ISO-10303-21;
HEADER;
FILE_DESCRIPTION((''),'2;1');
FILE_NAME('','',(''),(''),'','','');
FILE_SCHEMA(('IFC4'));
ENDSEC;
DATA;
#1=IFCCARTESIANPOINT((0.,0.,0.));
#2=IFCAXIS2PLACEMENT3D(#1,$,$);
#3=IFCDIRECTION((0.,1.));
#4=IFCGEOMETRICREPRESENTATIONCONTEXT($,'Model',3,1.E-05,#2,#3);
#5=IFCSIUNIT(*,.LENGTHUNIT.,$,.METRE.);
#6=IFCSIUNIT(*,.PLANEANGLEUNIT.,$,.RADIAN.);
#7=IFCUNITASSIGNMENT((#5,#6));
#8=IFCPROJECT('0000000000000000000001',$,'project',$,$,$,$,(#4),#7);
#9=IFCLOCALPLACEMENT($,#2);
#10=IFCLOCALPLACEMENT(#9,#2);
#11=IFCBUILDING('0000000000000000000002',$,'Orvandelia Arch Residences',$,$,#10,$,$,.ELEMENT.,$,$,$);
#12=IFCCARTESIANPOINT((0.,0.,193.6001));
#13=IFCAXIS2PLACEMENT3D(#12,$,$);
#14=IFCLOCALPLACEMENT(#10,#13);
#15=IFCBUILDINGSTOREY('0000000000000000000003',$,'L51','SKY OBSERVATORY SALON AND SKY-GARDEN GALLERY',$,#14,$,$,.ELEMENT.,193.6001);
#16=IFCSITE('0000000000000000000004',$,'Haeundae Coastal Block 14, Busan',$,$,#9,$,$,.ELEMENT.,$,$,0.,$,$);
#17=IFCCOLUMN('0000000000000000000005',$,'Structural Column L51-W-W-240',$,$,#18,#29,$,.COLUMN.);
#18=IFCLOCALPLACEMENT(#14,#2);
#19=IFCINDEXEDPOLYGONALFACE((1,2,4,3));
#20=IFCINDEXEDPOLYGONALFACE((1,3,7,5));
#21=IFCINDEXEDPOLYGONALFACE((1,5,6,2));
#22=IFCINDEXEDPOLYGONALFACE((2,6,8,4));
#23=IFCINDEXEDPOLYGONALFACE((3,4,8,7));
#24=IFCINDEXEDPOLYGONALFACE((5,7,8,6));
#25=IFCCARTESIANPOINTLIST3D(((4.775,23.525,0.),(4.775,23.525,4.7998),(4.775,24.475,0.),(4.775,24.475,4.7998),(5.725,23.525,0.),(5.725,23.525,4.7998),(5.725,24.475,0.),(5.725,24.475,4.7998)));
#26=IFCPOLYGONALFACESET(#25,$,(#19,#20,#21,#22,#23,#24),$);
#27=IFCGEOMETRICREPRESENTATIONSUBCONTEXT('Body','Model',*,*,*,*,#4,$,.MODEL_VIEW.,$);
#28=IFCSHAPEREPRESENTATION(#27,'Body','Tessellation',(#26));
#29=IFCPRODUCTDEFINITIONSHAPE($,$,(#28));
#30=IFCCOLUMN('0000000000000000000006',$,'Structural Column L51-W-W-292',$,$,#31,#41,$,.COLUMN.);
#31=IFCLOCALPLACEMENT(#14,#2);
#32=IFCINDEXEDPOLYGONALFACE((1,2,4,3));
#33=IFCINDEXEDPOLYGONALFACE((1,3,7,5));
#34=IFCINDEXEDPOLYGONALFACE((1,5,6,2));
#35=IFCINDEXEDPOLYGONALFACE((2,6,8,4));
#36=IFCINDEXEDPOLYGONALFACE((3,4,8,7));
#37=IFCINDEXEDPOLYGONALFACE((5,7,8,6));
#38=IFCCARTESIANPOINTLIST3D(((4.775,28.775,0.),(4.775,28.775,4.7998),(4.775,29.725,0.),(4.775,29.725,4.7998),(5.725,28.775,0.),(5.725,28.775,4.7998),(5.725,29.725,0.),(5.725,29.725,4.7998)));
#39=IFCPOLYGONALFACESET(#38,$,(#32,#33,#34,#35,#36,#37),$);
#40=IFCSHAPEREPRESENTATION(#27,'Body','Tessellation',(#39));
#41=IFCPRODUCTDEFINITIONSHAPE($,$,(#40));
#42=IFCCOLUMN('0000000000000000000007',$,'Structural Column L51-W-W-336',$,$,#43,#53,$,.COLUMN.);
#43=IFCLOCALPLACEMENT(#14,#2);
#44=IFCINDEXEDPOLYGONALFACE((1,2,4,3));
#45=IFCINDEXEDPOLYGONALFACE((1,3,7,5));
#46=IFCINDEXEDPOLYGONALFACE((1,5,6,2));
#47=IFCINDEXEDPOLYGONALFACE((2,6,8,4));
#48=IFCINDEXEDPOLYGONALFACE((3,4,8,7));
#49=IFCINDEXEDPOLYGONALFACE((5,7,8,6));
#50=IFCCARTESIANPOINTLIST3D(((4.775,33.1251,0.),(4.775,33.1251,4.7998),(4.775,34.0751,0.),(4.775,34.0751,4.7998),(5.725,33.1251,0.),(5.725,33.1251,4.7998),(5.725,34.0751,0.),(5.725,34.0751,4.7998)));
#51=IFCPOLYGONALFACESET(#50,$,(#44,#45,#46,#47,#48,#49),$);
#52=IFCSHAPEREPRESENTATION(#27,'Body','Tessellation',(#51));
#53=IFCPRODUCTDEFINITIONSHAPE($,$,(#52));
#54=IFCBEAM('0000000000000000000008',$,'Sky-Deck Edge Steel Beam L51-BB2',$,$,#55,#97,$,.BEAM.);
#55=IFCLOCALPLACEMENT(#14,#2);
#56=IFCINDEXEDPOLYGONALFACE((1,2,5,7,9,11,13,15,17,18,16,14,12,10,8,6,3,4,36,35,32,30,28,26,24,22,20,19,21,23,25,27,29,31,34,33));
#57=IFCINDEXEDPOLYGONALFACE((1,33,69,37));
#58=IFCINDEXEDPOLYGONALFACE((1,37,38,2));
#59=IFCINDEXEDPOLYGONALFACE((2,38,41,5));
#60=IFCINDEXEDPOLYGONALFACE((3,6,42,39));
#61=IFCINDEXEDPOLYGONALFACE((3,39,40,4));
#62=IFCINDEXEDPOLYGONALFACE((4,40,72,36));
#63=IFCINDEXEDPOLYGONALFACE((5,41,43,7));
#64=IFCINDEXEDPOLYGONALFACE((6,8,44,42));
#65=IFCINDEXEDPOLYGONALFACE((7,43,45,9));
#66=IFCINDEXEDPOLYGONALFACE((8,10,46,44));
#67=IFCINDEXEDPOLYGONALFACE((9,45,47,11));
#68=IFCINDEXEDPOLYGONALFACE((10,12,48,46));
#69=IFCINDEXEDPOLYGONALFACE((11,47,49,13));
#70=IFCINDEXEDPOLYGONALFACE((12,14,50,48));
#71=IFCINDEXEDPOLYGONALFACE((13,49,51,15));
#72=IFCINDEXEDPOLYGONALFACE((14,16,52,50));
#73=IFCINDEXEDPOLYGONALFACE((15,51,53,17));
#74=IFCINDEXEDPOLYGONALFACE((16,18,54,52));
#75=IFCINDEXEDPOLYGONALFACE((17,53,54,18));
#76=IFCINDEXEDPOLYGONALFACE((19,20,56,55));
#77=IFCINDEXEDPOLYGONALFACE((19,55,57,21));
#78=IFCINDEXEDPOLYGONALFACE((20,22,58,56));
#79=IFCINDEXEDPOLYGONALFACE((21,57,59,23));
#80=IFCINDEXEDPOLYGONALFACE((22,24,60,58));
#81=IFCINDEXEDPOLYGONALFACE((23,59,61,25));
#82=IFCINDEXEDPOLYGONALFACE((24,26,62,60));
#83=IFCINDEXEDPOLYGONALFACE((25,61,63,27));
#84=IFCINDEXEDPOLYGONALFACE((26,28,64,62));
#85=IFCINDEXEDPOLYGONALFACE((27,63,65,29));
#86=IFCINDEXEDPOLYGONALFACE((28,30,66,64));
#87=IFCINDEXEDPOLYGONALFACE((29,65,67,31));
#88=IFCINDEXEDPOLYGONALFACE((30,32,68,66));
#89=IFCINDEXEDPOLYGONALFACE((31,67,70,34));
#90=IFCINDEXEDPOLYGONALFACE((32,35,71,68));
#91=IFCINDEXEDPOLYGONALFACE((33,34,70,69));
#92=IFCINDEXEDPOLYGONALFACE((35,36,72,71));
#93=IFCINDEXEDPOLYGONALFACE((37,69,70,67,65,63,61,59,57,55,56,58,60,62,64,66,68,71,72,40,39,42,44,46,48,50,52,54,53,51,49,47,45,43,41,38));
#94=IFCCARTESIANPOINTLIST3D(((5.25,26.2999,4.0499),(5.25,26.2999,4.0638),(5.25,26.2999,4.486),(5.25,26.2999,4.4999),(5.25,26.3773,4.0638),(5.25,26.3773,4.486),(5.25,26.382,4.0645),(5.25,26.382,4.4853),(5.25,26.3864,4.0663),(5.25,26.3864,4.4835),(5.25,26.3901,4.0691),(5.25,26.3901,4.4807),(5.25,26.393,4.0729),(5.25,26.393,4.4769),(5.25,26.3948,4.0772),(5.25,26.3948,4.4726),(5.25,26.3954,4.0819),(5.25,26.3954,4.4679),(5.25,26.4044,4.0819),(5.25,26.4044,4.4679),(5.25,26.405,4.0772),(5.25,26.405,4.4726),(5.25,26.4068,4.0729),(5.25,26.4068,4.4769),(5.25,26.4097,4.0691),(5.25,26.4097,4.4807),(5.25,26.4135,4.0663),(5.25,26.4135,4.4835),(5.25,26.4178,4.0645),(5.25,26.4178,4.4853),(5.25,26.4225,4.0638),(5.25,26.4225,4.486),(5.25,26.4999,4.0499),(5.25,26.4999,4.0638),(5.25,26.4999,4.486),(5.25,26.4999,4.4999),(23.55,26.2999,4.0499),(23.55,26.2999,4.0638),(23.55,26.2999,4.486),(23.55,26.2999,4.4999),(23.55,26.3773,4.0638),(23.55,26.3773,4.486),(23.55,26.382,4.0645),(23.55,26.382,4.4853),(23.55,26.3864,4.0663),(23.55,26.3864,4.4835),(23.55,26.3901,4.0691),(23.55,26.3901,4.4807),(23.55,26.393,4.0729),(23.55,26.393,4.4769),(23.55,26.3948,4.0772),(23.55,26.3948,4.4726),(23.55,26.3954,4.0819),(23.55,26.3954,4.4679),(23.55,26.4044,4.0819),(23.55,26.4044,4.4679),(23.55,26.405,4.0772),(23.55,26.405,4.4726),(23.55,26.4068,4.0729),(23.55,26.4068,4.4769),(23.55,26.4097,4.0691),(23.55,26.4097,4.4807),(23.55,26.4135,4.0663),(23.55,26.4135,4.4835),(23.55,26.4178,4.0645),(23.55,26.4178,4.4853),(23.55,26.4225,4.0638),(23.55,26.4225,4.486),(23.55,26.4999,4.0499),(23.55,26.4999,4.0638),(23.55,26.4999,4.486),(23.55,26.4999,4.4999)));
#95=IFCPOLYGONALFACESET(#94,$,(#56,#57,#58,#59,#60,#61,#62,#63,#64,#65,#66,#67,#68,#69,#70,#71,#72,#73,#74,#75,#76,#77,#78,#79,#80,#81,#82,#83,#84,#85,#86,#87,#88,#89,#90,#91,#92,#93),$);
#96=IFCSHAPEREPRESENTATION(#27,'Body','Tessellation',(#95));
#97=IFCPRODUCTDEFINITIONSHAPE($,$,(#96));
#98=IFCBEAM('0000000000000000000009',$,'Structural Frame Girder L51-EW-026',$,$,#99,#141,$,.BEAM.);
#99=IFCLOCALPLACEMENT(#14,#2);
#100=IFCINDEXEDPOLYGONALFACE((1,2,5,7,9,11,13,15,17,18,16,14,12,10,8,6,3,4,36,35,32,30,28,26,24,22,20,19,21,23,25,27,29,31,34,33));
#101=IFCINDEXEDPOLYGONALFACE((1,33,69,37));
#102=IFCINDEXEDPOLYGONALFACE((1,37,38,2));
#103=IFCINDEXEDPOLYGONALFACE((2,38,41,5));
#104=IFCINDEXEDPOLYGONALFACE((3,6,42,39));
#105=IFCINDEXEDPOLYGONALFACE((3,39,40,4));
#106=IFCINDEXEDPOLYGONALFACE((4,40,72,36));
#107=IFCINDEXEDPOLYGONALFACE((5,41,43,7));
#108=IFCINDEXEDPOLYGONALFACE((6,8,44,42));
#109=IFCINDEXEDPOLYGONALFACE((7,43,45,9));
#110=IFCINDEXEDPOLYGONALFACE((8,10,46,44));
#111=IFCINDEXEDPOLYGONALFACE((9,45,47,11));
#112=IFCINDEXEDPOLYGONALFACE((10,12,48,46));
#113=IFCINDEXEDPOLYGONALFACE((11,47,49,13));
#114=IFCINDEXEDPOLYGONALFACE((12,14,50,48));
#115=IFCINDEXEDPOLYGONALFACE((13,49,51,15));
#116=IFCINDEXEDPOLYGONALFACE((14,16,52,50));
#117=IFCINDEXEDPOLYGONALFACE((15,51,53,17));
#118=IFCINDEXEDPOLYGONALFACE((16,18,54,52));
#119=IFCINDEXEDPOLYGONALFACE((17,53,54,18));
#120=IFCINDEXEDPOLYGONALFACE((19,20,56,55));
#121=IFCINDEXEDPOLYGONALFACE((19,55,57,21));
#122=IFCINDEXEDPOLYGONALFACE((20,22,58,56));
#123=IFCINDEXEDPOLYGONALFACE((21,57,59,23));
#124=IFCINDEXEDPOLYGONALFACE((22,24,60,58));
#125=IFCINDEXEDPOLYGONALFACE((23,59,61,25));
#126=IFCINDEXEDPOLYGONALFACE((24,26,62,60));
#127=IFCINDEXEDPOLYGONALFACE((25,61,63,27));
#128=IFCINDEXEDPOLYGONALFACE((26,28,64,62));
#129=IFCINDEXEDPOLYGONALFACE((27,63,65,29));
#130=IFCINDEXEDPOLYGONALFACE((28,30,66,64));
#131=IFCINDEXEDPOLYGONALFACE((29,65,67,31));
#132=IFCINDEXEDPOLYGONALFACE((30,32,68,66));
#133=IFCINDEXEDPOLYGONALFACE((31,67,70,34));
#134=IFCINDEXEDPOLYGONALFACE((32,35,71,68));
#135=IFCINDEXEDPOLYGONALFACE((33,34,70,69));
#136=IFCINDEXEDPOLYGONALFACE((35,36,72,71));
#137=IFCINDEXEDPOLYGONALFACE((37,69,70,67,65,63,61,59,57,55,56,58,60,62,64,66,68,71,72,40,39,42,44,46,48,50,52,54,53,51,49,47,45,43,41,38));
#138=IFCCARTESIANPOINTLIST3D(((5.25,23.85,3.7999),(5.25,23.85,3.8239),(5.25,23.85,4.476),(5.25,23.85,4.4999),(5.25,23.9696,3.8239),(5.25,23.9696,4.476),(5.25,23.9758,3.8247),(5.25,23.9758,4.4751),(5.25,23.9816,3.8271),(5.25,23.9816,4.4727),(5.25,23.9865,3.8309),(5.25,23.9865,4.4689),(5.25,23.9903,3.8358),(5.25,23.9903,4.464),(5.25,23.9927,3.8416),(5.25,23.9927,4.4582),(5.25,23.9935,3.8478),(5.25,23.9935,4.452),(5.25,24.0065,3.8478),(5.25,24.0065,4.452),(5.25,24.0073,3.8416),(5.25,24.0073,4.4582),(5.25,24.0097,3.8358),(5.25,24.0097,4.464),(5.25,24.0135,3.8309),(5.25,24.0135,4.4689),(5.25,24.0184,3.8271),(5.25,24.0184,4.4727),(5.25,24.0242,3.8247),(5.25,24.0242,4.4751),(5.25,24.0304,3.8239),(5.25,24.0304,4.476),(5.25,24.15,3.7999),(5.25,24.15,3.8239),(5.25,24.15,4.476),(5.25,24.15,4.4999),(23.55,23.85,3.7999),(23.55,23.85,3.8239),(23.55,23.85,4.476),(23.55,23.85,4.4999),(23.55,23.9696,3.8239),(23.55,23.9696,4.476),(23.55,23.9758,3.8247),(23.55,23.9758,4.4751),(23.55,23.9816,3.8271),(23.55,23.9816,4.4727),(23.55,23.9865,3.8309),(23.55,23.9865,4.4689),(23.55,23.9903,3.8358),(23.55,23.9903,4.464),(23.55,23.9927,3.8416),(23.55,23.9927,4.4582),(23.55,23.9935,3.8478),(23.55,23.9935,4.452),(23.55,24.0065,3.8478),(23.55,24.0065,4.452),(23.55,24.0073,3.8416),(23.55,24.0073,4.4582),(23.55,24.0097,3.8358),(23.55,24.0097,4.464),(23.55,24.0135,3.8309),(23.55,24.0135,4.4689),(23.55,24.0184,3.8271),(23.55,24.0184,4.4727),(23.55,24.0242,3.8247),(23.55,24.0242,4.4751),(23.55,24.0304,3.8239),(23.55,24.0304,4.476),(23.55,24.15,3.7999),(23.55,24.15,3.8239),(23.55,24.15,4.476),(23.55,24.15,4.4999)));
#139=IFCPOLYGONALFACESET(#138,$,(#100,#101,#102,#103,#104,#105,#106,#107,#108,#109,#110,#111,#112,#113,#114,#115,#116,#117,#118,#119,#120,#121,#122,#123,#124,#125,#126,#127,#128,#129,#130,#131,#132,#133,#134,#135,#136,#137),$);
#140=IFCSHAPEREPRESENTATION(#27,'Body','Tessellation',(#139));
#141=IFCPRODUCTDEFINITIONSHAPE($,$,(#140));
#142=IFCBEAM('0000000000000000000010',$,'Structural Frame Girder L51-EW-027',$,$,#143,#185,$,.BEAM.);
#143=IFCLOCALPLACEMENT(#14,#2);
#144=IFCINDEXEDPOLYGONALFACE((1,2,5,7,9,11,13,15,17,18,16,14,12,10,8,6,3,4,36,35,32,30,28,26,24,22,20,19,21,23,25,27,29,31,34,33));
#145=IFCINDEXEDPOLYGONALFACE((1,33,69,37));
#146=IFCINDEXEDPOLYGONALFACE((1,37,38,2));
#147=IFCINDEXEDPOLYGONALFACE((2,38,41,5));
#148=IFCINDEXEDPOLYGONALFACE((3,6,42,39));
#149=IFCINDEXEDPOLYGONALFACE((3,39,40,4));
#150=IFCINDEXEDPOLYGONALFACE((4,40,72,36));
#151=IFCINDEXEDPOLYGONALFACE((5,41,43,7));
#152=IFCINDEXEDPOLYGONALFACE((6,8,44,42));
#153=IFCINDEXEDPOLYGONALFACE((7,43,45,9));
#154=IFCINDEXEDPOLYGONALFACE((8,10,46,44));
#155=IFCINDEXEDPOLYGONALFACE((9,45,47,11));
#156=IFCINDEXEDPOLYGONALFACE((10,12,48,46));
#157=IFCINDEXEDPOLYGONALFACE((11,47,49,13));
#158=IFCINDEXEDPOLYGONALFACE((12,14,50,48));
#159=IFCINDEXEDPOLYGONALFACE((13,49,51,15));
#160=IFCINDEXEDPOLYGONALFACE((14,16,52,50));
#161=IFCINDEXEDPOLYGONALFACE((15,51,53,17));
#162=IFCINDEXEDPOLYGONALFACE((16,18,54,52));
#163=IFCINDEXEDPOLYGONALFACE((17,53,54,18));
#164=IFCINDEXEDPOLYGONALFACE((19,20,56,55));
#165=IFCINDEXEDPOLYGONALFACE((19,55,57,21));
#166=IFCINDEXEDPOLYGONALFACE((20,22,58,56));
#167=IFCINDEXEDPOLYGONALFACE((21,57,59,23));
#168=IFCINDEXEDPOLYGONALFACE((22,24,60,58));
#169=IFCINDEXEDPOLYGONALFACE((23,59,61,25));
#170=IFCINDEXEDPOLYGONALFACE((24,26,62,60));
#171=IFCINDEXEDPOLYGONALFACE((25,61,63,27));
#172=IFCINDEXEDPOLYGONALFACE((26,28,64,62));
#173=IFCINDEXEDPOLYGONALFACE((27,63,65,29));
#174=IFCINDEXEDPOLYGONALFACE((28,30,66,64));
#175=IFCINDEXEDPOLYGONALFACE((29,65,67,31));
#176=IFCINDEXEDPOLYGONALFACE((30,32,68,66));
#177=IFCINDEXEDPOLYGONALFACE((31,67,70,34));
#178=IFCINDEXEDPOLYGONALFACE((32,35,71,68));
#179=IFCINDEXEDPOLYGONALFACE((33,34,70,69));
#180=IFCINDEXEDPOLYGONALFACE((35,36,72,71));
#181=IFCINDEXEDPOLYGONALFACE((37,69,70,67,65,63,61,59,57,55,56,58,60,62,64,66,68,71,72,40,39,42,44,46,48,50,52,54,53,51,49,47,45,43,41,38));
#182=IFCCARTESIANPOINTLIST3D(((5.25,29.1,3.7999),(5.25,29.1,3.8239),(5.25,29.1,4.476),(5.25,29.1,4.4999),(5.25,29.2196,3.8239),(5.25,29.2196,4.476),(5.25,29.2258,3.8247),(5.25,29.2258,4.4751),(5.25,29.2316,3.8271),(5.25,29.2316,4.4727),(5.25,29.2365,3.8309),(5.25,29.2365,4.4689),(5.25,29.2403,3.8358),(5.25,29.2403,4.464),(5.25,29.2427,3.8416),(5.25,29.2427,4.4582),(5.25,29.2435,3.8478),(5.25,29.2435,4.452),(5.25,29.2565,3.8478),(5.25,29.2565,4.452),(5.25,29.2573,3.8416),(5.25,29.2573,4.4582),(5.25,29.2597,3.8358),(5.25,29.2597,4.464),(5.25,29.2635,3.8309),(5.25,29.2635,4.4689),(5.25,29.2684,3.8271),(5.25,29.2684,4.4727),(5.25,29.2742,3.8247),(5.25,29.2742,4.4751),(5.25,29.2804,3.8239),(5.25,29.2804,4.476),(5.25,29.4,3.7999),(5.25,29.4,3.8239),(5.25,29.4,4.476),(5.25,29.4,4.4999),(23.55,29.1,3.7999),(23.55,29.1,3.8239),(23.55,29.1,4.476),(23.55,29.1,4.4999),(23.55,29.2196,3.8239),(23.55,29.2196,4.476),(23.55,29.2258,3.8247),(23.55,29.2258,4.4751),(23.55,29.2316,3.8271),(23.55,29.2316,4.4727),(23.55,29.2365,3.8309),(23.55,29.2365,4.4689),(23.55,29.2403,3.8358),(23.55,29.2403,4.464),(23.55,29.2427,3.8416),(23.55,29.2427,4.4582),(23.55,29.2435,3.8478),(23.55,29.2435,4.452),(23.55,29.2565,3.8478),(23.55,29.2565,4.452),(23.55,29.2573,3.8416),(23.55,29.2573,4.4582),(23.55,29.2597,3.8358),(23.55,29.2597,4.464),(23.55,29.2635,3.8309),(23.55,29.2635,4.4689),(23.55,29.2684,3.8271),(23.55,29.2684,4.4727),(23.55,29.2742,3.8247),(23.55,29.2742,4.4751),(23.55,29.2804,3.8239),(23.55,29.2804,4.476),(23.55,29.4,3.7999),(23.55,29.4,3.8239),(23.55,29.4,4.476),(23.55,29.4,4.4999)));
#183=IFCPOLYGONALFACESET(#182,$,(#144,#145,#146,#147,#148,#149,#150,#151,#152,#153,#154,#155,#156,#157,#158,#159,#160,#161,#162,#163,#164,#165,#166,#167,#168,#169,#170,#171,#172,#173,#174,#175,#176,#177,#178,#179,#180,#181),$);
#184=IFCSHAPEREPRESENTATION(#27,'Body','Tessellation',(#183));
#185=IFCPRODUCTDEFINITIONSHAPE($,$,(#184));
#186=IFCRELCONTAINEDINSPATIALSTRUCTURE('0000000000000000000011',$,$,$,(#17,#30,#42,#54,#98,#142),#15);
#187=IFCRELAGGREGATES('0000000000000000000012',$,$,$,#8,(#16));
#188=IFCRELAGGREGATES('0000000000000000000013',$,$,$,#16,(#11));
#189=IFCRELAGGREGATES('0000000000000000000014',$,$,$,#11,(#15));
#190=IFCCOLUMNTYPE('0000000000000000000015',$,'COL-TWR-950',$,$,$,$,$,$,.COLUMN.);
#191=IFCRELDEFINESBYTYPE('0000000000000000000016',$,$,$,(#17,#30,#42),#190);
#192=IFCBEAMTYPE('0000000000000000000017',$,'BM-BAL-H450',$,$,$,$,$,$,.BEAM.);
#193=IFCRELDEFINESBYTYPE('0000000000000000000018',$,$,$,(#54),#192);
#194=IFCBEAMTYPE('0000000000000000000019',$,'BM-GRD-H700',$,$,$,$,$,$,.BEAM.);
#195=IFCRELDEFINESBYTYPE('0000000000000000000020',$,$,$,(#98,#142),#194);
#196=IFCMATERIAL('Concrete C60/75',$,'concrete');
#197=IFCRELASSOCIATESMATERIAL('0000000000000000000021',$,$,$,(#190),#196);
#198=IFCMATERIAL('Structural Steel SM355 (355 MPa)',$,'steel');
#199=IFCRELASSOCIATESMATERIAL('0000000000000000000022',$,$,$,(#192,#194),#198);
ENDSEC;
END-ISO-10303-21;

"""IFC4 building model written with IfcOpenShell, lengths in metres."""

from ifc_helpers import new_model, si_unit, direction, frame, origin, origin_2d, place, context, subcontext, project, spatial, rectangle, i_section, extrude, material, material_profile, profile_set, type_object, element, save


model = new_model("IFC4")

# Units and contexts
model_context = context("Model", 3, precision=1e-05, world=origin(), true_north=direction((0.0, 1.0)))
body_context = subcontext(model_context, "Body", "Model", "MODEL_VIEW")
ifc_project = project(units=[si_unit("LENGTHUNIT", "METRE"), si_unit("PLANEANGLEUNIT", "RADIAN")], contexts=[model_context])

# Site, building, storey
site_placement = place(None, origin())
site = spatial("IfcSite", under=ifc_project, at=site_placement, Name="Haeundae Coastal Block 14, Busan", CompositionType="ELEMENT", RefElevation=0.0)
building_placement = place(site_placement, origin())
building = spatial("IfcBuilding", under=site, at=building_placement, Name="Orvandelia Arch Residences", CompositionType="ELEMENT")
storey_placement = place(building_placement, frame((0.0, 0.0, 193.6001)))
storey = spatial("IfcBuildingStorey", under=building, at=storey_placement, Name="L51", Description="SKY OBSERVATORY SALON AND SKY-GARDEN GALLERY", CompositionType="ELEMENT", Elevation=193.6001)

# Columns
ifc_material_1 = material(Name="Concrete C60/75", Category="concrete")
ifc_material_profile_1 = material_profile(ifc_material_1, rectangle(XDim=0.95, YDim=0.95, at=origin_2d()), Name="Concrete C60/75", Category="concrete")
ifc_profile_set_1 = profile_set([ifc_material_profile_1], Name="Concrete C60/75")
column_type = type_object("IfcColumnType", Name="COL-TWR-950", PredefinedType="COLUMN", material=ifc_profile_set_1)
for number, where, z_axis, x_axis, name in (
    (1, (5.25, 24.0, 0.0), (0.0, 0.0, 1.0), (1.0, 0.0, 0.0), "Structural Column L51-W-W-240"),
    (2, (5.25, 29.25, 0.0), (0.0, 0.0, 1.0), (1.0, 0.0, 0.0), "Structural Column L51-W-W-292"),
    (3, (5.25, 33.6001, 0.0), (0.0, 0.0, 1.0), (1.0, 0.0, 0.0), "Structural Column L51-W-W-336"),
):
    element("IfcColumn", number, at=place(storey_placement, frame(where, z_axis=z_axis, x_axis=x_axis)), inside=storey, type_object=column_type, Name=name, PredefinedType="COLUMN", context=body_context, shape_type="SweptSolid", body=[
        extrude(rectangle(XDim=0.95, YDim=0.95, at=origin_2d()), origin(), (0.0, 0.0, 1.0), 4.7998),
    ])

# Beams
ifc_material_2 = material(Name="Structural Steel SM355 (355 MPa)", Category="steel")
ifc_material_profile_2 = material_profile(ifc_material_2, i_section(OverallWidth=0.2, OverallDepth=0.45, WebThickness=0.009, FlangeThickness=0.0139, FilletRadius=0.0181, at=origin_2d()), Name="Structural Steel SM355 (355 MPa)", Category="steel")
ifc_profile_set_2 = profile_set([ifc_material_profile_2], Name="Structural Steel SM355 (355 MPa)")
beam_type_1 = type_object("IfcBeamType", Name="BM-BAL-H450", PredefinedType="BEAM", material=ifc_profile_set_2)
beam_1_placement = place(storey_placement, frame((5.25, 26.3999, 4.2749), z_axis=(1.0, 0.0, 0.0), x_axis=(0.0, 1.0, 0.0)))
element("IfcBeam", 4, at=beam_1_placement, inside=storey, type_object=beam_type_1, Name="Sky-Deck Edge Steel Beam L51-BB2", PredefinedType="BEAM", context=body_context, shape_type="SweptSolid", body=[
    extrude(i_section(OverallWidth=0.2, OverallDepth=0.45, WebThickness=0.009, FlangeThickness=0.0139, FilletRadius=0.0181, at=origin_2d()), origin(), (0.0, 0.0, 1.0), 18.3),
])
ifc_material_profile_3 = material_profile(ifc_material_2, i_section(OverallWidth=0.3, OverallDepth=0.7, WebThickness=0.0129, FlangeThickness=0.0239, FilletRadius=0.0239, at=origin_2d()), Name="Structural Steel SM355 (355 MPa)", Category="steel")
ifc_profile_set_3 = profile_set([ifc_material_profile_3], Name="Structural Steel SM355 (355 MPa)")
beam_type_2 = type_object("IfcBeamType", Name="BM-GRD-H700", PredefinedType="BEAM", material=ifc_profile_set_3)
for number, where, z_axis, x_axis, name in (
    (5, (5.25, 24.0, 4.1499), (1.0, 0.0, 0.0), (0.0, 1.0, 0.0), "Structural Frame Girder L51-EW-026"),
    (6, (5.25, 29.25, 4.1499), (1.0, 0.0, 0.0), (0.0, 1.0, 0.0), "Structural Frame Girder L51-EW-027"),
):
    element("IfcBeam", number, at=place(storey_placement, frame(where, z_axis=z_axis, x_axis=x_axis)), inside=storey, type_object=beam_type_2, Name=name, PredefinedType="BEAM", context=body_context, shape_type="SweptSolid", body=[
        extrude(i_section(OverallWidth=0.3, OverallDepth=0.7, WebThickness=0.0129, FlangeThickness=0.0239, FilletRadius=0.0239, at=origin_2d()), origin(), (0.0, 0.0, 1.0), 18.3),
    ])

save(model, "model.ifc")
